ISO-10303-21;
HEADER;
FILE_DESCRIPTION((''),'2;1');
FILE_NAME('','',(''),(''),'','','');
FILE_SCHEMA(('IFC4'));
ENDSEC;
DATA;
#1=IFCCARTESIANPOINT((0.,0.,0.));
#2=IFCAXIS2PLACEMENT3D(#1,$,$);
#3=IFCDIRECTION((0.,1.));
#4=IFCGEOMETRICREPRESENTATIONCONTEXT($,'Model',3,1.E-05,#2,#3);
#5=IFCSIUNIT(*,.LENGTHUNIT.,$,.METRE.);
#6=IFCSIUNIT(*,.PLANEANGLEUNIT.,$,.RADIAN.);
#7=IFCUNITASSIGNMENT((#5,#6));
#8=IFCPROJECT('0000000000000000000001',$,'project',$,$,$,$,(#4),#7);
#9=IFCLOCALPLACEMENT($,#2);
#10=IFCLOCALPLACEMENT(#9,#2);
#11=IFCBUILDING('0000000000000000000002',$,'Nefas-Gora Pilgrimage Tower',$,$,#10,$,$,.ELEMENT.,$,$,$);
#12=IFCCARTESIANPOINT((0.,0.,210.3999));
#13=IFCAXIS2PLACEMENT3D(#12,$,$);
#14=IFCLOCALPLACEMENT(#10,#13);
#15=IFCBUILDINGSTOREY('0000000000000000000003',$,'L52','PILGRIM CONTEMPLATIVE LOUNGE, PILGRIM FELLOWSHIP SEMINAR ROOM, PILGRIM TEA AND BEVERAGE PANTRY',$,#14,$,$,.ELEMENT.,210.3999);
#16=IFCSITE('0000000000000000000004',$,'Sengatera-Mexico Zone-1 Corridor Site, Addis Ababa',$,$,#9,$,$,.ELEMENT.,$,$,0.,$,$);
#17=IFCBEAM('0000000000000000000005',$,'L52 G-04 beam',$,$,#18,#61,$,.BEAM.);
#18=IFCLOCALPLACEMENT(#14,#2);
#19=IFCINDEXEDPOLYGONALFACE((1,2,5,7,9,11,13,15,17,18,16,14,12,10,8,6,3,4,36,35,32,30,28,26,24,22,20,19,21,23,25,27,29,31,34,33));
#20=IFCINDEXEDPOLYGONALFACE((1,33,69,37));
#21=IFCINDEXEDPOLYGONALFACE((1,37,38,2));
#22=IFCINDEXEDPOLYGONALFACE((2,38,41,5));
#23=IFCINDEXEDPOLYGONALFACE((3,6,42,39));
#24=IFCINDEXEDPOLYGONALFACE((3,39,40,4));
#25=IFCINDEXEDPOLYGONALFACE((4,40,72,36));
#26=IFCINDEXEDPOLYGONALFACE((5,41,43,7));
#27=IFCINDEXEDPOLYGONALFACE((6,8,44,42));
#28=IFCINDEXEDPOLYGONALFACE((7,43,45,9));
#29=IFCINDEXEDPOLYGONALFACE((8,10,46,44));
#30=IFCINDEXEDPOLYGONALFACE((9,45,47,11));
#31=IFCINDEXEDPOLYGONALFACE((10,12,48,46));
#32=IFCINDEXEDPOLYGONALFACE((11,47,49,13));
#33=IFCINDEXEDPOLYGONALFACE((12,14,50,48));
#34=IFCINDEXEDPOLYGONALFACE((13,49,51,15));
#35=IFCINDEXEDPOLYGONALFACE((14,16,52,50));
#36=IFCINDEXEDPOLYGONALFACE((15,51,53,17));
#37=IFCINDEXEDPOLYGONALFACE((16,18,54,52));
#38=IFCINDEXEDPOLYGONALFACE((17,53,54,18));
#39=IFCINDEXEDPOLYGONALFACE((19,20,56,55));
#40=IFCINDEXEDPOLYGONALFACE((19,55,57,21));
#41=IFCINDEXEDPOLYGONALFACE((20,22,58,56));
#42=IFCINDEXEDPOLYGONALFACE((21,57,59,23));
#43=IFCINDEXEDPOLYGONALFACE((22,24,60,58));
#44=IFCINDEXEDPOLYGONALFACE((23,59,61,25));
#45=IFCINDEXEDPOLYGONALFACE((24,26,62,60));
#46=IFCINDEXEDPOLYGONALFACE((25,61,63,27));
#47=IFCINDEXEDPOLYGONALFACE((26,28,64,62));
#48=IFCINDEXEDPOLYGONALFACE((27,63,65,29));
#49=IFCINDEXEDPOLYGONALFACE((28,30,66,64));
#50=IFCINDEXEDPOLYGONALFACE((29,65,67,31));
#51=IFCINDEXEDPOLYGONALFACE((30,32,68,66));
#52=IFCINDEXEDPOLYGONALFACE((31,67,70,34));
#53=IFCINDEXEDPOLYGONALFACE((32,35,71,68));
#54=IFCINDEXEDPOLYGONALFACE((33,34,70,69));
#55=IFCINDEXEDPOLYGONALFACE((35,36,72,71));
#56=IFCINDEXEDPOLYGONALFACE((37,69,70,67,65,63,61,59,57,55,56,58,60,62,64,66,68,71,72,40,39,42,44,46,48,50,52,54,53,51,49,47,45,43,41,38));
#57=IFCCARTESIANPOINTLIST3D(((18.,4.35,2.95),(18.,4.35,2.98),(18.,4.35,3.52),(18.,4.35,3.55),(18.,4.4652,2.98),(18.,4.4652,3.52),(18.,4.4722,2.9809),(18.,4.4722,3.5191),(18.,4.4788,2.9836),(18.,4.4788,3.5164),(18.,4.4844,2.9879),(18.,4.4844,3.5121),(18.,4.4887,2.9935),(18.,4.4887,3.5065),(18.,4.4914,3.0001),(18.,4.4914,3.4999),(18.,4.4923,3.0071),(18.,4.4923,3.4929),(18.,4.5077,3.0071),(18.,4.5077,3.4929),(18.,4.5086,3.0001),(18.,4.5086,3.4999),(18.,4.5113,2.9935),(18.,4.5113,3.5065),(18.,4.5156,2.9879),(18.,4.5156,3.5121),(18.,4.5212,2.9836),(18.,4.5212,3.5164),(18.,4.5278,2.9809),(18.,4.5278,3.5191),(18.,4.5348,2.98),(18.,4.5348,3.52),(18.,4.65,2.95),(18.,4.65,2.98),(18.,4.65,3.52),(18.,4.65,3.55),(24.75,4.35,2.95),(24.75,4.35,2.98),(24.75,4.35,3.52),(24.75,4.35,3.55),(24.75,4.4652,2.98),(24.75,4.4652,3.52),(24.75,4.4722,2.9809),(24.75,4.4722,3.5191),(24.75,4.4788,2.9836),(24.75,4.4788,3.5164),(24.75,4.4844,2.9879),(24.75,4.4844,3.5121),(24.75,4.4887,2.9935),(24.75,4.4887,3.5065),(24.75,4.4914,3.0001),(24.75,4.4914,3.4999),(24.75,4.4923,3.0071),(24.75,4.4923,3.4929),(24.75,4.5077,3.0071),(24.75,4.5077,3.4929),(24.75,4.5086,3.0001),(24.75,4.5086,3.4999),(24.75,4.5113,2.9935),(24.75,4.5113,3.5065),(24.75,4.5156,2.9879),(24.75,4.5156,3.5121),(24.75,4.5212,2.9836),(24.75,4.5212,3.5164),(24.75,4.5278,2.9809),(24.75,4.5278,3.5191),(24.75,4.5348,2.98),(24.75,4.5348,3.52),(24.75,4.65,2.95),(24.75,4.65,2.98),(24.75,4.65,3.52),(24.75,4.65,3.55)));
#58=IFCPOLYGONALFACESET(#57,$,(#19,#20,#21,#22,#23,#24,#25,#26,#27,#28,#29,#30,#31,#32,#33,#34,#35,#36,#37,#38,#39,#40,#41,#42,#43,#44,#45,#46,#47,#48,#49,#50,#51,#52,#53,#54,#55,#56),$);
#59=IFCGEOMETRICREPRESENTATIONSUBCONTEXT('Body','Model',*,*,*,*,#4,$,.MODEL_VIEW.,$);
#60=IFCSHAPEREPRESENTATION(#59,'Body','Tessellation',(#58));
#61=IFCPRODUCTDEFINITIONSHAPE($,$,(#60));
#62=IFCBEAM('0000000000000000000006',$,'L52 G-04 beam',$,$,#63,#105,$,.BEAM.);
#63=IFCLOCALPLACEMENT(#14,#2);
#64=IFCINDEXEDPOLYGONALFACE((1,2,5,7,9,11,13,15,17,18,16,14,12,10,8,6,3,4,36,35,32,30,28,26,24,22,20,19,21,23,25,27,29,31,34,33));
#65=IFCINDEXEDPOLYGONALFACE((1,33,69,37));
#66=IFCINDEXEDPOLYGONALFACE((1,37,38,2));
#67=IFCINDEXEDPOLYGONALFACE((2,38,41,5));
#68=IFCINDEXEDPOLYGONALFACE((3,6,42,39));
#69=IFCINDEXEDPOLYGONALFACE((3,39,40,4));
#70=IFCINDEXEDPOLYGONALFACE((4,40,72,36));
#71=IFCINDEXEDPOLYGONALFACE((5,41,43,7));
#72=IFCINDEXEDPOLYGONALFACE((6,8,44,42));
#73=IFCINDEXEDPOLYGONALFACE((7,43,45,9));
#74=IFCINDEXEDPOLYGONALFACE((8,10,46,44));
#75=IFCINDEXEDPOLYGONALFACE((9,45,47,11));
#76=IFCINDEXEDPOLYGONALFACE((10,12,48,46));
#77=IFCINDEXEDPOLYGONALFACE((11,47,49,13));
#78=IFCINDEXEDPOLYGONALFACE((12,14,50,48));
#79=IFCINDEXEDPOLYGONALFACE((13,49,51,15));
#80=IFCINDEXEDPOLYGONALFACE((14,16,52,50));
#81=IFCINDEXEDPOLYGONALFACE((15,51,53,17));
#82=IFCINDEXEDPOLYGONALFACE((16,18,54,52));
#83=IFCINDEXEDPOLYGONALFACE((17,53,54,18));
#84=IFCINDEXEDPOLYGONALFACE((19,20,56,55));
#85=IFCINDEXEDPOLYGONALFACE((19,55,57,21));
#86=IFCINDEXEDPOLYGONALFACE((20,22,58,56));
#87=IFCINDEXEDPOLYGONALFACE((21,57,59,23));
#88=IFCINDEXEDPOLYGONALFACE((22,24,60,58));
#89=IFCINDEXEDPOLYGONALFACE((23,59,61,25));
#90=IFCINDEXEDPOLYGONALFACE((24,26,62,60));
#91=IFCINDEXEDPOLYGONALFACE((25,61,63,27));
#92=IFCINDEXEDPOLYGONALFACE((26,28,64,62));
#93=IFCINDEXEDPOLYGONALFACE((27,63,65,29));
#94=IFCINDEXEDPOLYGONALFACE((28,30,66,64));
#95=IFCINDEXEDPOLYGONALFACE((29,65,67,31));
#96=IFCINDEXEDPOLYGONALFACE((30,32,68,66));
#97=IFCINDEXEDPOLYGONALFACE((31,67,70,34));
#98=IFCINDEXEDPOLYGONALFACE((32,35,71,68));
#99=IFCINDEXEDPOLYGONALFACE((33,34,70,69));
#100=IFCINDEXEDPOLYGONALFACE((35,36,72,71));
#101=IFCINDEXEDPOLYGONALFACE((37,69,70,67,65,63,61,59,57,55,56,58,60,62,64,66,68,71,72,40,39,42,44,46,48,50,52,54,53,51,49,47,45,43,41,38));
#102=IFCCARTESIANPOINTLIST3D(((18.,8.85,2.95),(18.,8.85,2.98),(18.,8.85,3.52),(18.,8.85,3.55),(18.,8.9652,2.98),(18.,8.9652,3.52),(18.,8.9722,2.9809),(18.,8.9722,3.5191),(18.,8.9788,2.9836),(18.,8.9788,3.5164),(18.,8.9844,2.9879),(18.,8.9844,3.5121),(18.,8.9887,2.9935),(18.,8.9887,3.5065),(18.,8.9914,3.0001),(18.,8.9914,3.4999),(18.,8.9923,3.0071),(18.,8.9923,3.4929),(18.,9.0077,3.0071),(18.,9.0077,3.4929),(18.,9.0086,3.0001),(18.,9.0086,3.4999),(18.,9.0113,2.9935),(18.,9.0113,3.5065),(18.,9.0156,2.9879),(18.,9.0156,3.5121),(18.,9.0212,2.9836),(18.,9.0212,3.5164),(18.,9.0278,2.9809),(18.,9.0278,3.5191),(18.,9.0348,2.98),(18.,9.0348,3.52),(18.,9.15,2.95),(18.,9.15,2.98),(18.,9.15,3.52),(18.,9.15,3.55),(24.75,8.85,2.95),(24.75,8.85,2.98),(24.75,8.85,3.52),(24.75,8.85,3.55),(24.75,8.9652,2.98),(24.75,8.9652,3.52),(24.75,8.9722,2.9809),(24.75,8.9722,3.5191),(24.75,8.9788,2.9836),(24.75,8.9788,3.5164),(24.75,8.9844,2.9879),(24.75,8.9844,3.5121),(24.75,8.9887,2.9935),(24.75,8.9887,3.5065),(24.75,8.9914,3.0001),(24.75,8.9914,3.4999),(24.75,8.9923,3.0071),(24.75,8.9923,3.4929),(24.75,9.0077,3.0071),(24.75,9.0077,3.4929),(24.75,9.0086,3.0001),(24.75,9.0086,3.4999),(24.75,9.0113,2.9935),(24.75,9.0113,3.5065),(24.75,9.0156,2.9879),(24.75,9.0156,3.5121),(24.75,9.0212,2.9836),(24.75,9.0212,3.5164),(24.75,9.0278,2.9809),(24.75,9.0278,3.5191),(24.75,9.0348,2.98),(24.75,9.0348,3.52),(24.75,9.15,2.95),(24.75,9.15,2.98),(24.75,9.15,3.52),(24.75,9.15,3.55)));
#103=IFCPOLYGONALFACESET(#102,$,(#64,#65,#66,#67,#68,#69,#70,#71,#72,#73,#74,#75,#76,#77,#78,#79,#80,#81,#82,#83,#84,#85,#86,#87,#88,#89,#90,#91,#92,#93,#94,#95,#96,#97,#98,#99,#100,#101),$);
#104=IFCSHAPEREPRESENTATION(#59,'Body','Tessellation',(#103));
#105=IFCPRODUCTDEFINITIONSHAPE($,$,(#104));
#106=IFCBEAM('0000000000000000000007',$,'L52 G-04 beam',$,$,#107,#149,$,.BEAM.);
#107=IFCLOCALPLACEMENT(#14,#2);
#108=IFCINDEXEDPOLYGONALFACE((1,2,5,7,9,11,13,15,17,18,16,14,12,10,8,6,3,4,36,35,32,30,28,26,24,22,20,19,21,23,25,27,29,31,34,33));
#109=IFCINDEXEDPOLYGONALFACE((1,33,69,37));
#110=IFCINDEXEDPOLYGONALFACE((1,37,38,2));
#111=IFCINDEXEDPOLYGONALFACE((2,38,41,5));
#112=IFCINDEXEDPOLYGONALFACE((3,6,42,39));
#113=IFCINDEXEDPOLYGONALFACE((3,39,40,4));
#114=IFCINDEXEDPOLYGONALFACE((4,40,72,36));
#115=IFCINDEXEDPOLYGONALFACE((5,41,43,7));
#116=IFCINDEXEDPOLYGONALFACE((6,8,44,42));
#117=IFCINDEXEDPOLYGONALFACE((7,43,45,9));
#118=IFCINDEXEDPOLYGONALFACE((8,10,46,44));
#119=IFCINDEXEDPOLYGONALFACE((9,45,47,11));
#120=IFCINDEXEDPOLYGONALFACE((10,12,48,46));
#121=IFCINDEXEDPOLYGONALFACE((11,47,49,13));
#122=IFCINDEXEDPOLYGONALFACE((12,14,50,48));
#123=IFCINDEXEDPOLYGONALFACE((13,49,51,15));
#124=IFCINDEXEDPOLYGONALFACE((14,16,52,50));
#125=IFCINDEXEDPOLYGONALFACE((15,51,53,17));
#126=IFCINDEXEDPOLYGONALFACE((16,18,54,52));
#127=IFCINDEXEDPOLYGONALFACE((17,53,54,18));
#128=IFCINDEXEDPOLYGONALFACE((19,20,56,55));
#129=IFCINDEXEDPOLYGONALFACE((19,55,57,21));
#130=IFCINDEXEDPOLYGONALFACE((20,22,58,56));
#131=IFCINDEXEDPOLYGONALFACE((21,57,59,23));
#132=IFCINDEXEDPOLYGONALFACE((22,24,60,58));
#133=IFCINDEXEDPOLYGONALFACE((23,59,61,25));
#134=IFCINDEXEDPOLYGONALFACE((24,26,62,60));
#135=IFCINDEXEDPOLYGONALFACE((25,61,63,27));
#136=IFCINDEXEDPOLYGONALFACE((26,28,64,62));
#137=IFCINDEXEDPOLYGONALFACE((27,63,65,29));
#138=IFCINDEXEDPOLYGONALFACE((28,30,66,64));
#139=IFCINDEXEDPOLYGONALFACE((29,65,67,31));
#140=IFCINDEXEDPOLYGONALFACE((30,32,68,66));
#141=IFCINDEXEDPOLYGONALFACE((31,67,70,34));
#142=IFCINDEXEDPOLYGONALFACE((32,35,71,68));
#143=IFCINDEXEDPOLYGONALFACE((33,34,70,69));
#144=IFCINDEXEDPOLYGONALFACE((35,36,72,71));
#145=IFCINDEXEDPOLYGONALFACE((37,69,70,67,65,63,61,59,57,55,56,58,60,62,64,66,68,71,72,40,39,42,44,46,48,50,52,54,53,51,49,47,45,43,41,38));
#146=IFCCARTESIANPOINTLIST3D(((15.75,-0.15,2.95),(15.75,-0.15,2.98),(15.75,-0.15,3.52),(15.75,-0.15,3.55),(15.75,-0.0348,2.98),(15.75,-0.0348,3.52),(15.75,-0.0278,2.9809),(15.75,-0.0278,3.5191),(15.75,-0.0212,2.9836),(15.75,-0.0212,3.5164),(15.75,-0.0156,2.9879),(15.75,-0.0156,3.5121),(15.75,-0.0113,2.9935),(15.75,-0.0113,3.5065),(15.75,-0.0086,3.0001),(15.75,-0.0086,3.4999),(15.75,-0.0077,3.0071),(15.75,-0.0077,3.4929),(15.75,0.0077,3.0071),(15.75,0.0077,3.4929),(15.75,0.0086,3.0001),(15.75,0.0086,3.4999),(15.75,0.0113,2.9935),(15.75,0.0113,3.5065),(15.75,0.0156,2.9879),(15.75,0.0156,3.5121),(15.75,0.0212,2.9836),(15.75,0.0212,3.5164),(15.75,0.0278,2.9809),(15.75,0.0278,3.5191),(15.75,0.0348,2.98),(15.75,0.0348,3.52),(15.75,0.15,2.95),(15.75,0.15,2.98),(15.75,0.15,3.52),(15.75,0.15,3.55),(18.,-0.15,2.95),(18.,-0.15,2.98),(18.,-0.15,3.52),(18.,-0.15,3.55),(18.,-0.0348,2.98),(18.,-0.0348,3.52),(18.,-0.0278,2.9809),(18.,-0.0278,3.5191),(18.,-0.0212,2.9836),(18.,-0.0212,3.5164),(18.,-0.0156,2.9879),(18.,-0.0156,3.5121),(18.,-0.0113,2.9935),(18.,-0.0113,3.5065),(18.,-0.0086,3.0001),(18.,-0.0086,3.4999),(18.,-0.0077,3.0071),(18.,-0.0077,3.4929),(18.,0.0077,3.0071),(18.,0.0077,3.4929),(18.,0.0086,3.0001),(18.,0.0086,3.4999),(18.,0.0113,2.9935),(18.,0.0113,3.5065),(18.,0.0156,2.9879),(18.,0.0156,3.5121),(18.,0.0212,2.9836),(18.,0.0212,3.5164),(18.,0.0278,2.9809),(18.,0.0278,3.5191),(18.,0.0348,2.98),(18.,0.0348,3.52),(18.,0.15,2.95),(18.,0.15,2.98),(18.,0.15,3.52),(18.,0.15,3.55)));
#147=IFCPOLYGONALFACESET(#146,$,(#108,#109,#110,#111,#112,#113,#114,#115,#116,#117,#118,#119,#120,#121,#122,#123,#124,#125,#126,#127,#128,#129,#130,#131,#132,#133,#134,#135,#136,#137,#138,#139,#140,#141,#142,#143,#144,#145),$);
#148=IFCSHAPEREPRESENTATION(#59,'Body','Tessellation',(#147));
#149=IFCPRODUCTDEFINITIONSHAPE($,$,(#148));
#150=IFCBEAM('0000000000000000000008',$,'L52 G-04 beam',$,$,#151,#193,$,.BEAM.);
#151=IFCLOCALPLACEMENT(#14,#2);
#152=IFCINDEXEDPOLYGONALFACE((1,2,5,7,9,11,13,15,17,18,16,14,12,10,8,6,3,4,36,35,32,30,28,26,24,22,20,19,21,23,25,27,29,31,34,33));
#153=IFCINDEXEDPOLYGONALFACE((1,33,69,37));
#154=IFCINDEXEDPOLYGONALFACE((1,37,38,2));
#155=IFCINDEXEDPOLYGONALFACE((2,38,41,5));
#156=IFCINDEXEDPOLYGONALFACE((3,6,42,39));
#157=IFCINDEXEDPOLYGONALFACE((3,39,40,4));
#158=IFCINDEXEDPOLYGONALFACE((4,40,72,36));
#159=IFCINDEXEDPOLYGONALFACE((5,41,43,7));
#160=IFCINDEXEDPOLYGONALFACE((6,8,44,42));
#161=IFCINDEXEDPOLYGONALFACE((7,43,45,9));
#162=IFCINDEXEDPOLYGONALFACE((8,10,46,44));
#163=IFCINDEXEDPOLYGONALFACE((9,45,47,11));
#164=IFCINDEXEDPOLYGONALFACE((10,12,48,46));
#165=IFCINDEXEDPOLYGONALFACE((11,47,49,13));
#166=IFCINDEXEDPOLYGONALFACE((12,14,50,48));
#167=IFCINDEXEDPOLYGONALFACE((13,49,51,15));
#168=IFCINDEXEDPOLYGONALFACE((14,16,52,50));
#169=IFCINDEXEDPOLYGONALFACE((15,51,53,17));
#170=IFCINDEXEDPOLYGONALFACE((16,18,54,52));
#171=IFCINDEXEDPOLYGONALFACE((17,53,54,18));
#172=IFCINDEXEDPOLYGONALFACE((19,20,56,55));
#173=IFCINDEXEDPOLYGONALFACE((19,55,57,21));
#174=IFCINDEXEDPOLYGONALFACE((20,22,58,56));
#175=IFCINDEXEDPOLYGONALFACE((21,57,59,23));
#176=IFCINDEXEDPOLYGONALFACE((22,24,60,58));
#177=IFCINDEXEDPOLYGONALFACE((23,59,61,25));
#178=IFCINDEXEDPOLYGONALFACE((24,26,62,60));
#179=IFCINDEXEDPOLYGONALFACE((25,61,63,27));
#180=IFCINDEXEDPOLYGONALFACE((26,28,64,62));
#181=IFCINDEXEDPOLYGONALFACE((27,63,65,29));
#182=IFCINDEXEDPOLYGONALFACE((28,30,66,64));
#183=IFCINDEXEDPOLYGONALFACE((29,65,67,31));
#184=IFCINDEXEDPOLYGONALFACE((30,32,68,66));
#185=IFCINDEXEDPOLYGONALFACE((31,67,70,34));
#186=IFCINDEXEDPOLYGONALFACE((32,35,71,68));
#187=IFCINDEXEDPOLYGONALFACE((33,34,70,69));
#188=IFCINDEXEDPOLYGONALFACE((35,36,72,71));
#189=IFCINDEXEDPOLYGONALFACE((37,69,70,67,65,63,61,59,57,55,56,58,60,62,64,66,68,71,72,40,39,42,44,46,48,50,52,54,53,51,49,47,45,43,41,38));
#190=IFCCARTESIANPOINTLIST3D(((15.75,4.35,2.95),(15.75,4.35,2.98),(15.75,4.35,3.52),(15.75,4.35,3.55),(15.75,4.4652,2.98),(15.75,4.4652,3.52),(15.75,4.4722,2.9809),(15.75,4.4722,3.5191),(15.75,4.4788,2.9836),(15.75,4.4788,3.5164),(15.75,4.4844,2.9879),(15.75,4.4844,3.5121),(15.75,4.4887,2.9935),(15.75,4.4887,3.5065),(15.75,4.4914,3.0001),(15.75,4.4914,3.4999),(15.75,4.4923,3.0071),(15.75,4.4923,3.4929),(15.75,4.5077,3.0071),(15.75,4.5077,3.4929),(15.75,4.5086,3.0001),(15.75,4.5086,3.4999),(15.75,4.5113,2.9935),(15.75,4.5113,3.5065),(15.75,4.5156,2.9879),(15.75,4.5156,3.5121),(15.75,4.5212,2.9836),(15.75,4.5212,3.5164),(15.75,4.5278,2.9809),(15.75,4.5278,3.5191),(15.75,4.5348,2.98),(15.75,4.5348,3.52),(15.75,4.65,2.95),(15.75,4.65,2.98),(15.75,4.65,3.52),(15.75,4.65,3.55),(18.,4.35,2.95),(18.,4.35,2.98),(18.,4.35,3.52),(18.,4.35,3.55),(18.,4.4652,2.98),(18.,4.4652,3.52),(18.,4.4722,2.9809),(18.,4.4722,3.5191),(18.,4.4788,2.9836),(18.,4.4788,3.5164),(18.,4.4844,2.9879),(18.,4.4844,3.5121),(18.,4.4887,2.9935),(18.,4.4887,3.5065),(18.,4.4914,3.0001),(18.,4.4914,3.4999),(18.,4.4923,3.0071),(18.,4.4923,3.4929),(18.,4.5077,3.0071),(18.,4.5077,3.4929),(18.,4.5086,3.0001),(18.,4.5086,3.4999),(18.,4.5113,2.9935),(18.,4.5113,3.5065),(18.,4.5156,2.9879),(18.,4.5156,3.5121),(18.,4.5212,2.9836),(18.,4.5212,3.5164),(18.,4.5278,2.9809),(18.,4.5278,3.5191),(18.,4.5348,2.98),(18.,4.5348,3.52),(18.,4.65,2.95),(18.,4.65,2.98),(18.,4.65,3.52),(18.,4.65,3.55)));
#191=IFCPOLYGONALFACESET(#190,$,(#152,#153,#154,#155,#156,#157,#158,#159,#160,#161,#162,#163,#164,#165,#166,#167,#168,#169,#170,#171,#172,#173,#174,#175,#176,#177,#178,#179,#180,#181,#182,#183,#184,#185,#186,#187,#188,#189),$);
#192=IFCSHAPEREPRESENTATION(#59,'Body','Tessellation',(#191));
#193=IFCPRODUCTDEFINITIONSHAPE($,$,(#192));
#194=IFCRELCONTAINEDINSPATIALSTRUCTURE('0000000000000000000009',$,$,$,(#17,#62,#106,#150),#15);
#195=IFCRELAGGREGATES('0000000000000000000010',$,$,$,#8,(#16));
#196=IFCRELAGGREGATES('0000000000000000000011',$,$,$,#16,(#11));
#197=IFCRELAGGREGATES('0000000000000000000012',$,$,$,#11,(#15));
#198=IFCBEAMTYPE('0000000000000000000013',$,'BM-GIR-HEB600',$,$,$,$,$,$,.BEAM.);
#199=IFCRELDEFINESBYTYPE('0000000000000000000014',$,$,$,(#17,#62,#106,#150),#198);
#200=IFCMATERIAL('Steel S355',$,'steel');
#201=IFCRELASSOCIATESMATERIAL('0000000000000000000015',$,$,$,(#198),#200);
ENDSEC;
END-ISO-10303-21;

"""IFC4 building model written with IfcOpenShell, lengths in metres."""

from ifc_helpers import new_model, si_unit, direction, frame, origin, origin_2d, place, context, subcontext, project, spatial, i_section, extrude, source, transform, mapped, material, material_profile, profile_set, type_object, element, save


model = new_model("IFC4")

# Units and contexts
model_context = context("Model", 3, precision=1e-05, world=origin(), true_north=direction((0.0, 1.0)))
body_context = subcontext(model_context, "Body", "Model", "MODEL_VIEW")
ifc_project = project(units=[si_unit("LENGTHUNIT", "METRE"), si_unit("PLANEANGLEUNIT", "RADIAN")], contexts=[model_context])

# Site, building, storey
site_placement = place(None, origin())
site = spatial("IfcSite", under=ifc_project, at=site_placement, Name="Sengatera-Mexico Zone-1 Corridor Site, Addis Ababa", CompositionType="ELEMENT", RefElevation=0.0)
building_placement = place(site_placement, origin())
building = spatial("IfcBuilding", under=site, at=building_placement, Name="Nefas-Gora Pilgrimage Tower", CompositionType="ELEMENT")
storey_placement = place(building_placement, frame((0.0, 0.0, 210.3999)))
storey = spatial("IfcBuildingStorey", under=building, at=storey_placement, Name="L52", Description="PILGRIM CONTEMPLATIVE LOUNGE, PILGRIM FELLOWSHIP SEMINAR ROOM, PILGRIM TEA AND BEVERAGE PANTRY", CompositionType="ELEMENT", Elevation=210.3999)

# Beams
ifc_material_1 = material(Name="Steel S355", Category="steel")
ifc_material_profile_1 = material_profile(ifc_material_1, i_section(OverallWidth=0.3, OverallDepth=0.6001, WebThickness=0.0154, FlangeThickness=0.03, FilletRadius=0.0271, at=origin_2d()), Name="HEB 600")
ifc_profile_set_1 = profile_set([ifc_material_profile_1], Name="Steel S355")
beam_type_1 = type_object("IfcBeamType", Name="BM-GIR-HEB600", PredefinedType="BEAM", material=ifc_profile_set_1)
shared_shape_1 = source(origin(), body_context, "Body", "SweptSolid", [
    extrude(i_section(OverallWidth=0.3, OverallDepth=0.6001, WebThickness=0.0154, FlangeThickness=0.03, FilletRadius=0.0271, at=origin_2d()), origin(), (0.0, 0.0, 1.0), 6.75),
])
for number, where, z_axis, x_axis, name in (
    (1, (18.0, 4.5, 3.25), (1.0, 0.0, 0.0), (0.0, 1.0, 0.0), "L52 G-04 beam"),
    (2, (18.0, 9.0, 3.25), (1.0, 0.0, 0.0), (0.0, 1.0, 0.0), "L52 G-04 beam"),
):
    element("IfcBeam", number, at=place(storey_placement, frame(where, z_axis=z_axis, x_axis=x_axis)), inside=storey, type_object=beam_type_1, Name=name, PredefinedType="BEAM", context=body_context, shape_type="MappedRepresentation", body=[
        mapped(shared_shape_1, transform((0.0, 0.0, 0.0), x_axis=(1.0, 0.0, 0.0), y_axis=(0.0, 1.0, 0.0), z_axis=(0.0, 0.0, 1.0), scale=1.0)),
    ])
shared_shape_2 = source(origin(), body_context, "Body", "SweptSolid", [
    extrude(i_section(OverallWidth=0.3, OverallDepth=0.6001, WebThickness=0.0154, FlangeThickness=0.03, FilletRadius=0.0271, at=origin_2d()), origin(), (0.0, 0.0, 1.0), 2.25),
])
for number, where, z_axis, x_axis, name in (
    (3, (15.75, 0.0, 3.25), (1.0, 0.0, 0.0), (0.0, 1.0, 0.0), "L52 G-04 beam"),
    (4, (15.75, 4.5, 3.25), (1.0, 0.0, 0.0), (0.0, 1.0, 0.0), "L52 G-04 beam"),
):
    element("IfcBeam", number, at=place(storey_placement, frame(where, z_axis=z_axis, x_axis=x_axis)), inside=storey, type_object=beam_type_1, Name=name, PredefinedType="BEAM", context=body_context, shape_type="MappedRepresentation", body=[
        mapped(shared_shape_2, transform((0.0, 0.0, 0.0), x_axis=(1.0, 0.0, 0.0), y_axis=(0.0, 1.0, 0.0), z_axis=(0.0, 0.0, 1.0), scale=1.0)),
    ])

save(model, "model.ifc")
